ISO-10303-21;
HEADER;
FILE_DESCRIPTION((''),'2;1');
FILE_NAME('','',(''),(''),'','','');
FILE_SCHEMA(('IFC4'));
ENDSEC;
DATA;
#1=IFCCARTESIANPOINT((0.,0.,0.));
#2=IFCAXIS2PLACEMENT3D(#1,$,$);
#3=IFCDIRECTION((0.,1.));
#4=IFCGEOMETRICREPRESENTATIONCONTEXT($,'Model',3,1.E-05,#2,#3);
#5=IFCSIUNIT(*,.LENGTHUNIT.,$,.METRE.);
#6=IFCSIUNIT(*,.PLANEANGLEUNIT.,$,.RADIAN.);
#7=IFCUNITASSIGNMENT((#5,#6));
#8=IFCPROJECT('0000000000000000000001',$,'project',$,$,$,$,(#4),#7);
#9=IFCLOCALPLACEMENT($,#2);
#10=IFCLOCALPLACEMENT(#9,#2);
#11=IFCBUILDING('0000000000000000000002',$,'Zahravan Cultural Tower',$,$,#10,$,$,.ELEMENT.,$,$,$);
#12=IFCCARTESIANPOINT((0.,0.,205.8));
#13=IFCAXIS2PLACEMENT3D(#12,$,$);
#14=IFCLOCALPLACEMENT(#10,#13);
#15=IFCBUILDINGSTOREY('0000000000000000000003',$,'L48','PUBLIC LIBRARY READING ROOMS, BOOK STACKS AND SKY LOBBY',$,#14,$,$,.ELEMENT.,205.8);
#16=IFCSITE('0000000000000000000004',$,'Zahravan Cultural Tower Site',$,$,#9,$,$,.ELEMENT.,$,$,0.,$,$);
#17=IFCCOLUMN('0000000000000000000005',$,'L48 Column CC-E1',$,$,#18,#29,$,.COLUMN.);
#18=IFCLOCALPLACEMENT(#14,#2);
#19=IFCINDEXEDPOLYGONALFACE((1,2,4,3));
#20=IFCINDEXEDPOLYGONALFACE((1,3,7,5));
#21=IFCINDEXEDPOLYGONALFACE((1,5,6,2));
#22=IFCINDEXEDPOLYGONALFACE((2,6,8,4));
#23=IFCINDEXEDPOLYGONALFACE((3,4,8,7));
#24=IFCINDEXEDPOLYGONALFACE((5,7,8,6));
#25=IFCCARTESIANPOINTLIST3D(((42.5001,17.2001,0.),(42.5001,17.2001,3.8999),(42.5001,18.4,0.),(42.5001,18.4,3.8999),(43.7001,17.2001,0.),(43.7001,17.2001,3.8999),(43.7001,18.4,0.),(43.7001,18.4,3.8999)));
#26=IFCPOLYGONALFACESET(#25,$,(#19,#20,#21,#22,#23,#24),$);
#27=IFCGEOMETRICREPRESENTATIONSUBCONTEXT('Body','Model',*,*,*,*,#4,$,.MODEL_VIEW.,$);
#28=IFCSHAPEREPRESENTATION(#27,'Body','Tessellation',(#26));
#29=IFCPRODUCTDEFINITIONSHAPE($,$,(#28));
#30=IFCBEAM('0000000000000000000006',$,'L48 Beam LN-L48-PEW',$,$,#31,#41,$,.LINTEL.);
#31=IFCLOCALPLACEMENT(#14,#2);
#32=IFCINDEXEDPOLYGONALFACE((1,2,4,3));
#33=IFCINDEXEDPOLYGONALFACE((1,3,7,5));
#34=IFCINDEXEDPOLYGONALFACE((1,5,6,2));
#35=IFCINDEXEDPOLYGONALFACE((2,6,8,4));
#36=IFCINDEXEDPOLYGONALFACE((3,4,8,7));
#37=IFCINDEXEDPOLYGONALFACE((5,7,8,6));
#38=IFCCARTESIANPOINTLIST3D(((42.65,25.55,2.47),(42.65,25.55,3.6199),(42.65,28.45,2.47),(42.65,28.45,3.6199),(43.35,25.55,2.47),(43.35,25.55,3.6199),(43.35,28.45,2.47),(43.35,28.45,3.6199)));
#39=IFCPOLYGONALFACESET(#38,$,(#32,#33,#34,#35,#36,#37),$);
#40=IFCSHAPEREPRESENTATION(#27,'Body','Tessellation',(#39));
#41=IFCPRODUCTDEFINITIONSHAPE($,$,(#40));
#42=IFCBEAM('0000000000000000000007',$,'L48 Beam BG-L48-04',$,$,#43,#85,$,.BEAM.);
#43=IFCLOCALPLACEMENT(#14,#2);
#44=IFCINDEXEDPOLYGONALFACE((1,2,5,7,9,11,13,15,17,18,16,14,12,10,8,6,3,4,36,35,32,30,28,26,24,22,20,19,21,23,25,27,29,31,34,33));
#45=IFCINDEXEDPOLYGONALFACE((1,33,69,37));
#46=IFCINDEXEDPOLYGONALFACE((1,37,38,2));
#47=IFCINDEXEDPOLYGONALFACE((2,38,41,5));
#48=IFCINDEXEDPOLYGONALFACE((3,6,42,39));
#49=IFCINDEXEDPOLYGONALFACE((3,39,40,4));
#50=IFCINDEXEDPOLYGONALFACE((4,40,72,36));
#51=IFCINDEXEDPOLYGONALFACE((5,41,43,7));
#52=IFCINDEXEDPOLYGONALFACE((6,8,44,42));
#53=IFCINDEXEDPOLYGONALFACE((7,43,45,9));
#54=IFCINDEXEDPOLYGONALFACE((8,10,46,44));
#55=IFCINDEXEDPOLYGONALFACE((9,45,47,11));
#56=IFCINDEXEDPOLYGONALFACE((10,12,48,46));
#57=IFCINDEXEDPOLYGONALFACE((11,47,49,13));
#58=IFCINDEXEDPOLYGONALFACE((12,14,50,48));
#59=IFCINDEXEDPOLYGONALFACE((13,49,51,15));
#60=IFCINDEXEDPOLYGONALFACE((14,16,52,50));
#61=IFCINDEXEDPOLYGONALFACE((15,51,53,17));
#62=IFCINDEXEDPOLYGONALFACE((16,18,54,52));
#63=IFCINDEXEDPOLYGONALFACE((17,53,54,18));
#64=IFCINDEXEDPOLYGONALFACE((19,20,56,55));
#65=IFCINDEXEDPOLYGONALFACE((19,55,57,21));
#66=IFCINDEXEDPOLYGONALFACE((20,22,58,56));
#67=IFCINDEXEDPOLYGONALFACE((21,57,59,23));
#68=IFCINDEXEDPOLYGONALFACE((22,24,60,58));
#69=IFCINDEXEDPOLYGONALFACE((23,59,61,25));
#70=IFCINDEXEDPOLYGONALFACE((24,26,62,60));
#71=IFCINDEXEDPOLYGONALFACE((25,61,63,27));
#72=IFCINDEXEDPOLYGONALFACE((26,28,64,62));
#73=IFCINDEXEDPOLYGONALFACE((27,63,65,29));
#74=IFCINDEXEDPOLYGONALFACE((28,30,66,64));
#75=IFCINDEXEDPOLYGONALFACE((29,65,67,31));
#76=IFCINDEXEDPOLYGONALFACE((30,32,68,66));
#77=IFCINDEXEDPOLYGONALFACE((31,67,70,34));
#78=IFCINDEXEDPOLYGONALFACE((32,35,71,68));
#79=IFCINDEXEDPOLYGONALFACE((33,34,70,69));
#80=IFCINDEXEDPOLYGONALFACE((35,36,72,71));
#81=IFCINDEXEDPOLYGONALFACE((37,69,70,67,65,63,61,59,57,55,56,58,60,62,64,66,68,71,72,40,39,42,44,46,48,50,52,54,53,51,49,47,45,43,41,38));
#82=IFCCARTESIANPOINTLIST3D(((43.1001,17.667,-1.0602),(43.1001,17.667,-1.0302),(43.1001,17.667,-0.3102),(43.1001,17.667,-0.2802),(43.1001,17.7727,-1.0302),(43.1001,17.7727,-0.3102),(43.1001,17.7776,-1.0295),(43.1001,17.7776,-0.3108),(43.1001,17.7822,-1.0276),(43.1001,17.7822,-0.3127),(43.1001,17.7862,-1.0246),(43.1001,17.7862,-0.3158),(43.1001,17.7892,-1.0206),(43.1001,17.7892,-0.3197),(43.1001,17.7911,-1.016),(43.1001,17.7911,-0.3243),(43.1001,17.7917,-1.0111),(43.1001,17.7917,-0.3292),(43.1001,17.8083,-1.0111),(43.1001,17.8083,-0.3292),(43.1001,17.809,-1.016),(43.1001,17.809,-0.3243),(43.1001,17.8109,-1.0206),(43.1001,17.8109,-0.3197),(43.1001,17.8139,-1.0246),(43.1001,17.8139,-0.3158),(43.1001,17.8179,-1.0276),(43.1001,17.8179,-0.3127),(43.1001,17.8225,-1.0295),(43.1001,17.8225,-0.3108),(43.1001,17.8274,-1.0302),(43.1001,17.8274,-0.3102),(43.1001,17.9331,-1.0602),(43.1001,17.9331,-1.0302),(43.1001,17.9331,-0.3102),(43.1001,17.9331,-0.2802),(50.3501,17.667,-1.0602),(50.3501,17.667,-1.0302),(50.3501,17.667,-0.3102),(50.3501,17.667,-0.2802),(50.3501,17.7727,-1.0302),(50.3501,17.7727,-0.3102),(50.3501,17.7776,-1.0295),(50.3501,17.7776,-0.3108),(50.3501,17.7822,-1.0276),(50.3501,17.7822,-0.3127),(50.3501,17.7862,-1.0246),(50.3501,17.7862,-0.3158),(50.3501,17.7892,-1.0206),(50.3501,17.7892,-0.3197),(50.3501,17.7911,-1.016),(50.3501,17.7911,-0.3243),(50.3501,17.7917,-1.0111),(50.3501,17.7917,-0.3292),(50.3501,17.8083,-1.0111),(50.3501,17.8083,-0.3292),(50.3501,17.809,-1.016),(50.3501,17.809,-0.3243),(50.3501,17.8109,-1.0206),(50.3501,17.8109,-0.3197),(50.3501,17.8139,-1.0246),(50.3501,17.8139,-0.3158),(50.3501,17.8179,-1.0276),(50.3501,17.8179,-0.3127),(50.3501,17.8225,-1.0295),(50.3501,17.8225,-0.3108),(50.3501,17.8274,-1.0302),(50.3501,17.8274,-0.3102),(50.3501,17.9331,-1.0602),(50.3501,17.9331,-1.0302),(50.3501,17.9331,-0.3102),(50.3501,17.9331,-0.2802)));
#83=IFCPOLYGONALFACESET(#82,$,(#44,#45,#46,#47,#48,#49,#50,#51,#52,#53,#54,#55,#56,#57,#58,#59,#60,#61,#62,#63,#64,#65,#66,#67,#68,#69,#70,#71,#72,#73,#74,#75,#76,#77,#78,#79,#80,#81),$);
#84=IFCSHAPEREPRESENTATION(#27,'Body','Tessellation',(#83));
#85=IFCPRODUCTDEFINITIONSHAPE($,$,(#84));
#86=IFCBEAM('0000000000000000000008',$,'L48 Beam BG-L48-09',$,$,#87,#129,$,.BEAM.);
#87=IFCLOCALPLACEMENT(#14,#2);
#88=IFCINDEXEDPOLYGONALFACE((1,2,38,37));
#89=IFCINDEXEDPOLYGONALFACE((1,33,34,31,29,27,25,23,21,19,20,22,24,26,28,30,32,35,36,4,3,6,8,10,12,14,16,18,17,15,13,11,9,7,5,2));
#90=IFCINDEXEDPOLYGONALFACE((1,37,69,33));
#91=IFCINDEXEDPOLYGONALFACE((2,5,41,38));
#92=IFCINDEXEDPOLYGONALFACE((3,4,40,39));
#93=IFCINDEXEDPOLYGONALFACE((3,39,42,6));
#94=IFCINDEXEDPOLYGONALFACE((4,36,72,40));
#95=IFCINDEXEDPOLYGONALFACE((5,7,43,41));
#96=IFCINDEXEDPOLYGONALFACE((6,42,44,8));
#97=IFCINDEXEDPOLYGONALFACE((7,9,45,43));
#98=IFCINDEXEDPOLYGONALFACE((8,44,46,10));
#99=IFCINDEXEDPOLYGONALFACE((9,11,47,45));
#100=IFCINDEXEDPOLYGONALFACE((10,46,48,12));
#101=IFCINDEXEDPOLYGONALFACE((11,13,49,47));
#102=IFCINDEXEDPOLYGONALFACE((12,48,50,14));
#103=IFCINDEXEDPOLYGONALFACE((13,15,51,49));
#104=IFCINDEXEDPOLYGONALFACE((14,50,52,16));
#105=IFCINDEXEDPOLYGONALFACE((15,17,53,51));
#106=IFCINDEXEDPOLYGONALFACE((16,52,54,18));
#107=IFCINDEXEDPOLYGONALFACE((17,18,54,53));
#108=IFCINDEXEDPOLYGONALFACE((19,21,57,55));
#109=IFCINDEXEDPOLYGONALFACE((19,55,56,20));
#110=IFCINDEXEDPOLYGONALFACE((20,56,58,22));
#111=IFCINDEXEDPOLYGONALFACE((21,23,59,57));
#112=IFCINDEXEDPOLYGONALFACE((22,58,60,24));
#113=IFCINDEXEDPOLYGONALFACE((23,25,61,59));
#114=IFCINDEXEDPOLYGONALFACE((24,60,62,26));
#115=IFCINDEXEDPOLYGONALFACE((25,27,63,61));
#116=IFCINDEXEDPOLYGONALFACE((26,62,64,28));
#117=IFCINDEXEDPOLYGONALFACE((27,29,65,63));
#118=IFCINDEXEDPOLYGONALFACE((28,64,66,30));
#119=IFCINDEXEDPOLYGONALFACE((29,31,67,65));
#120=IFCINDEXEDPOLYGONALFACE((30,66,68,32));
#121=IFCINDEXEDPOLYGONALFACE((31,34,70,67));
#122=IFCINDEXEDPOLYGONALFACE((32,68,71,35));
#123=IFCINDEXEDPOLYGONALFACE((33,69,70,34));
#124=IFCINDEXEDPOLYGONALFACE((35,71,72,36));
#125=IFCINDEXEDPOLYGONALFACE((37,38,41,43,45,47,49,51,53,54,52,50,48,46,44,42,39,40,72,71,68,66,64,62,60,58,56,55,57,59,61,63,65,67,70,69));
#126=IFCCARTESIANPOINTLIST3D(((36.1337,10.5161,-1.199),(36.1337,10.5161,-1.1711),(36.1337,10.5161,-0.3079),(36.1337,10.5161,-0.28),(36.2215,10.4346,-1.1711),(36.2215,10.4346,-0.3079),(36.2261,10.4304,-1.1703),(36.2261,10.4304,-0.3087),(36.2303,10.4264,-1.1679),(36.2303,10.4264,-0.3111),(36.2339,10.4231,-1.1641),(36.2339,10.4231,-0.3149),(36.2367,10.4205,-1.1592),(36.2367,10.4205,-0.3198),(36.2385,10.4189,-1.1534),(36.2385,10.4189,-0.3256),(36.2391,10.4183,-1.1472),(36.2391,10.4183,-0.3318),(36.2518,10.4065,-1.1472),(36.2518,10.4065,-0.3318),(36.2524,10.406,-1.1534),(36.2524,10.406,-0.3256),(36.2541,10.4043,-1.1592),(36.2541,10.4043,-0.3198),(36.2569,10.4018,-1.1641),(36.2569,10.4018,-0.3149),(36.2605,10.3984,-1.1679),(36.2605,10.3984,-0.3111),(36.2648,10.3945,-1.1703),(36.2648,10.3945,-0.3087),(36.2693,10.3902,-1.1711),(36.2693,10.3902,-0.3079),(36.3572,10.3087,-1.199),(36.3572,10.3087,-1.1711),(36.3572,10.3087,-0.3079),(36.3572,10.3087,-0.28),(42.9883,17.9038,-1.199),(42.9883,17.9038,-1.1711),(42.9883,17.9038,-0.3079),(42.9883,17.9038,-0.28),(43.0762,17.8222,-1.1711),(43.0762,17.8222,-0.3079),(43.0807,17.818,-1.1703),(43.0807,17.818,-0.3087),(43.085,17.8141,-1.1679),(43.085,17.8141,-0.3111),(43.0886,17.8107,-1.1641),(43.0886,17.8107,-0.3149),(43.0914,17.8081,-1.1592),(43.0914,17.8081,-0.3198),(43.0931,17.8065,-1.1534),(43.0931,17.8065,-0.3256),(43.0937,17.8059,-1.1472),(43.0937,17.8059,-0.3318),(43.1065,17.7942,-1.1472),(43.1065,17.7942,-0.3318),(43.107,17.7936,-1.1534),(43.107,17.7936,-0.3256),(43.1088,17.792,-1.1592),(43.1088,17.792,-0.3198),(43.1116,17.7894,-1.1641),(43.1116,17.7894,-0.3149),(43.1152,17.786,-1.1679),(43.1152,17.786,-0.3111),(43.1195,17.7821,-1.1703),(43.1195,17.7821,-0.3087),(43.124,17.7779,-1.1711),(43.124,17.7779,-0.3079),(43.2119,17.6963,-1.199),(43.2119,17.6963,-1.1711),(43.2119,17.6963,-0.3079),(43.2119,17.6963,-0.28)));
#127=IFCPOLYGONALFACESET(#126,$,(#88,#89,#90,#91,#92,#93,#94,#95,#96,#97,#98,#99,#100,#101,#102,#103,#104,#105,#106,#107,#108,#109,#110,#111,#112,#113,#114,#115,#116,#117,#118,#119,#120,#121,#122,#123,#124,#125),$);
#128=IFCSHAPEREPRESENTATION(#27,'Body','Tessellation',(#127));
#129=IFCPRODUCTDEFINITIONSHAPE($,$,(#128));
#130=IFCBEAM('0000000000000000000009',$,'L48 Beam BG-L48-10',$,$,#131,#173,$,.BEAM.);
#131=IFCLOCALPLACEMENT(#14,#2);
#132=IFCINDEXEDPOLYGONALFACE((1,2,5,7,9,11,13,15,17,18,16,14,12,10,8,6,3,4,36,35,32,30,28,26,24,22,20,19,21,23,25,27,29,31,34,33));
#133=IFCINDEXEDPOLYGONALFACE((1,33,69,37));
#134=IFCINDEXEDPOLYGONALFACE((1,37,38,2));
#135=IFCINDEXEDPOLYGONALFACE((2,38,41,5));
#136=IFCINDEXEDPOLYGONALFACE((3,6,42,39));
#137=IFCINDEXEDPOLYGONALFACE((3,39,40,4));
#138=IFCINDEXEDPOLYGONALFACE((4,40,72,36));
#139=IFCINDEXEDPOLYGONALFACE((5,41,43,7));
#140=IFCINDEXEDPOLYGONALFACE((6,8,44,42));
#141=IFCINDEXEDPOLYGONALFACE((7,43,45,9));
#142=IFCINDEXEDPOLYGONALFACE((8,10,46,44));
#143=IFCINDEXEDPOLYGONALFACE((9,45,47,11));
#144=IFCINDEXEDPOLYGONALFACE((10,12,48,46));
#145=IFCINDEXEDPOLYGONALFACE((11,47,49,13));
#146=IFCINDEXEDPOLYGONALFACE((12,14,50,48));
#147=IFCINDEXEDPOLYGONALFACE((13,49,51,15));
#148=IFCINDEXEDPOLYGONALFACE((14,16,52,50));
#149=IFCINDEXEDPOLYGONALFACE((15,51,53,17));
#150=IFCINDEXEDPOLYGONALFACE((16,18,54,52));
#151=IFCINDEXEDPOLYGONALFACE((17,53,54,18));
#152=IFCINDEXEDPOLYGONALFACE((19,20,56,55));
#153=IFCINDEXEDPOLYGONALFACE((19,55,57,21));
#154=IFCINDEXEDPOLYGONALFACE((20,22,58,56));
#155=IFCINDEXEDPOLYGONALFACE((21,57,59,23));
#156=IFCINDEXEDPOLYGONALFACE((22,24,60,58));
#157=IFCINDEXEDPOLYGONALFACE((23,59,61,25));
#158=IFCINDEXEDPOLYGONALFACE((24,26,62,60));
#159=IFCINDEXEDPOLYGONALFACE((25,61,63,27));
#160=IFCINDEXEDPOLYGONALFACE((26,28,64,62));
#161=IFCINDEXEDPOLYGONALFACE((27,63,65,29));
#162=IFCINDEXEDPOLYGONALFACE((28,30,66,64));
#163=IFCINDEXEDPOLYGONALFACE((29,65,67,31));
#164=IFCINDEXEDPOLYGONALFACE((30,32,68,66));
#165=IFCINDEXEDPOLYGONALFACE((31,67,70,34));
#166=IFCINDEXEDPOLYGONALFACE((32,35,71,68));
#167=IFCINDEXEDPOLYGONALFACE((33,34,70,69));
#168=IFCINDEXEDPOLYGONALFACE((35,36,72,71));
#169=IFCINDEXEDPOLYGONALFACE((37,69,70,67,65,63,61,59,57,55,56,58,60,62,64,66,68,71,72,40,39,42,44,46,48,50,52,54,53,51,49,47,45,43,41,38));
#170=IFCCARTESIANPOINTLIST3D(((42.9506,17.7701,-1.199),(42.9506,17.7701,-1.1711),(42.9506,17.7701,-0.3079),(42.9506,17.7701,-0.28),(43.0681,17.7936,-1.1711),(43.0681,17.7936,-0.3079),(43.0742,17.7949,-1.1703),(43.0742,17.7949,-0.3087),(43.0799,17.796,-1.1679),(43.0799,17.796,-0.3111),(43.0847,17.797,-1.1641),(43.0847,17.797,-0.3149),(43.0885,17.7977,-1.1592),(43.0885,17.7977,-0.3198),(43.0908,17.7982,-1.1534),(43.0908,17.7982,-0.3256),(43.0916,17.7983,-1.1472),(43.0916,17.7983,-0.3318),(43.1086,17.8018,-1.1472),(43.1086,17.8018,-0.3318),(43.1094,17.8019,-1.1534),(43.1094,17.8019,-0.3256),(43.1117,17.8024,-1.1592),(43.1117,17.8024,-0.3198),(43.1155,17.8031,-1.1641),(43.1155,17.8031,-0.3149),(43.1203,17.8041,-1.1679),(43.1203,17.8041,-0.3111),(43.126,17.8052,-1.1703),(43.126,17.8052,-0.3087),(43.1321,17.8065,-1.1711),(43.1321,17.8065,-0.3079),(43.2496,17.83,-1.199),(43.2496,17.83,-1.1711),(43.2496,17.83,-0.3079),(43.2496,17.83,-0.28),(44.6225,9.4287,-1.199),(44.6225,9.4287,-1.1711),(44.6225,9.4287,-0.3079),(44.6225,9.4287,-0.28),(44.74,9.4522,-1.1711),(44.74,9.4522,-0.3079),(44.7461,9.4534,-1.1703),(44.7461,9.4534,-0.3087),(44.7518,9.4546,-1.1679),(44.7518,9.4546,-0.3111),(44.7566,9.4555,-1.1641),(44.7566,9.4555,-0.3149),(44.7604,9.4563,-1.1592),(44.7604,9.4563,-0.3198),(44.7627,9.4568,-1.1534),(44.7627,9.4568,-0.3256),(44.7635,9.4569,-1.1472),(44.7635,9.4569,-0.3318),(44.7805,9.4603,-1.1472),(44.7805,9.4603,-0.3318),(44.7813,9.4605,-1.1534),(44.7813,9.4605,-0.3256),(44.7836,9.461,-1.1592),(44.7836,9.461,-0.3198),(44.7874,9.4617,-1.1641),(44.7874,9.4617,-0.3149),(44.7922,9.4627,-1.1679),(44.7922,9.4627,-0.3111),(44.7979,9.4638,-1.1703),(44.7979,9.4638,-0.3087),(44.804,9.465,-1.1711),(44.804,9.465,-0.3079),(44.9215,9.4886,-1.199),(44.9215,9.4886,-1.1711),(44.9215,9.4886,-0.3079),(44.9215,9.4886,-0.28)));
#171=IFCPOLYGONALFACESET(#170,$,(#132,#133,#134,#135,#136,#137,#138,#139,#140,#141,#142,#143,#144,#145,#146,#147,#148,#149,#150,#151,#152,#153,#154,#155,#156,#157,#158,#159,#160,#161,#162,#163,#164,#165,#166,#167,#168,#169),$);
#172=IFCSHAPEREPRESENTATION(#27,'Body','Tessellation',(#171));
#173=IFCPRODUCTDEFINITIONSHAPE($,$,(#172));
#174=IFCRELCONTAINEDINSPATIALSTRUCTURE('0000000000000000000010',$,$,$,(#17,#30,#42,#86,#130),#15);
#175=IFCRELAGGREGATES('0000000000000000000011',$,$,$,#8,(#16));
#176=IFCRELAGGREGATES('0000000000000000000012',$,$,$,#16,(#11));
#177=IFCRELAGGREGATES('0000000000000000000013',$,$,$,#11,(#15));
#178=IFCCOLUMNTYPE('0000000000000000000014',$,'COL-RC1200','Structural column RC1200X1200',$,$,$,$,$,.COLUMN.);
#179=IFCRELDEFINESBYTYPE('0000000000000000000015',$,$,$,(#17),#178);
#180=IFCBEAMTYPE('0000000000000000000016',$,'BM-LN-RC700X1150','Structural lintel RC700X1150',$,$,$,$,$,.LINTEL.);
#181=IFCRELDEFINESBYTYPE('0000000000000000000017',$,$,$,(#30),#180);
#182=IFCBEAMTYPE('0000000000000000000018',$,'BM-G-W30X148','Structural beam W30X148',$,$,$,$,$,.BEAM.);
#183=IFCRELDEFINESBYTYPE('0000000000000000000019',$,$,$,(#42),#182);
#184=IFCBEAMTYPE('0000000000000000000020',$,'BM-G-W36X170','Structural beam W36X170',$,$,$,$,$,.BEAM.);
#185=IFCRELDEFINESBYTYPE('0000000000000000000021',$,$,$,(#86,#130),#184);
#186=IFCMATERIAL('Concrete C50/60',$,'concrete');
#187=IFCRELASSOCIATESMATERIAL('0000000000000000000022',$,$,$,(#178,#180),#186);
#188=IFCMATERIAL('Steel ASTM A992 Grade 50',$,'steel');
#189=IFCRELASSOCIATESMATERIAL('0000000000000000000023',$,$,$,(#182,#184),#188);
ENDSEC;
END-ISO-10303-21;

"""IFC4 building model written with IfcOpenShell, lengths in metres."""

from ifc_helpers import new_model, si_unit, direction, frame, origin, origin_2d, place, context, subcontext, project, spatial, rectangle, i_section, extrude, source, transform, mapped, material, material_profile, profile_set, type_object, element, save


model = new_model("IFC4")

# Units and contexts
model_context = context("Model", 3, precision=1e-05, world=origin(), true_north=direction((0.0, 1.0)))
body_context = subcontext(model_context, "Body", "Model", "MODEL_VIEW")
ifc_project = project(units=[si_unit("LENGTHUNIT", "METRE"), si_unit("PLANEANGLEUNIT", "RADIAN")], contexts=[model_context])

# Site, building, storey
site_placement = place(None, origin())
site = spatial("IfcSite", under=ifc_project, at=site_placement, Name="Zahravan Cultural Tower Site", CompositionType="ELEMENT", RefElevation=0.0)
building_placement = place(site_placement, origin())
building = spatial("IfcBuilding", under=site, at=building_placement, Name="Zahravan Cultural Tower", CompositionType="ELEMENT")
storey_placement = place(building_placement, frame((0.0, 0.0, 205.8)))
storey = spatial("IfcBuildingStorey", under=building, at=storey_placement, Name="L48", Description="PUBLIC LIBRARY READING ROOMS, BOOK STACKS AND SKY LOBBY", CompositionType="ELEMENT", Elevation=205.8)

# Column
ifc_material_1 = material(Name="Concrete C50/60", Category="concrete")
ifc_material_profile_1 = material_profile(ifc_material_1, rectangle(XDim=1.2, YDim=1.2, at=origin_2d()), Name="RC1200X1200")
ifc_profile_set_1 = profile_set([ifc_material_profile_1], Name="Concrete C50/60")
column_type = type_object("IfcColumnType", Name="COL-RC1200", Description="Structural column RC1200X1200", PredefinedType="COLUMN", material=ifc_profile_set_1)
shared_shape_1 = source(origin(), body_context, "Body", "SweptSolid", [
    extrude(rectangle(XDim=1.2, YDim=1.2, at=origin_2d()), origin(), (0.0, 0.0, 1.0), 3.8999),
])
column_placement = place(storey_placement, frame((43.1001, 17.8, 0.0), z_axis=(0.0, 0.0, 1.0), x_axis=(1.0, 0.0, 0.0)))
element("IfcColumn", 1, at=column_placement, inside=storey, type_object=column_type, Name="L48 Column CC-E1", PredefinedType="COLUMN", context=body_context, shape_type="MappedRepresentation", body=[
    mapped(shared_shape_1, transform((0.0, 0.0, 0.0), x_axis=(1.0, 0.0, 0.0), y_axis=(0.0, 1.0, 0.0), z_axis=(0.0, 0.0, 1.0), scale=1.0)),
])

# Beams
ifc_material_profile_2 = material_profile(ifc_material_1, rectangle(XDim=0.7, YDim=1.1499, at=origin_2d()), Name="RC700X1150")
ifc_profile_set_2 = profile_set([ifc_material_profile_2], Name="Concrete C50/60")
beam_type_1 = type_object("IfcBeamType", Name="BM-LN-RC700X1150", Description="Structural lintel RC700X1150", PredefinedType="LINTEL", material=ifc_profile_set_2)
shared_shape_2 = source(origin(), body_context, "Body", "SweptSolid", [
    extrude(rectangle(XDim=0.7, YDim=1.1499, at=origin_2d()), origin(), (0.0, 0.0, 1.0), 2.8999),
])
beam_1_placement = place(storey_placement, frame((43.0, 25.55, 3.0449), z_axis=(0.0, 1.0, 0.0), x_axis=(-1.0, 0.0, 0.0)))
element("IfcBeam", 2, at=beam_1_placement, inside=storey, type_object=beam_type_1, Name="L48 Beam LN-L48-PEW", PredefinedType="LINTEL", context=body_context, shape_type="MappedRepresentation", body=[
    mapped(shared_shape_2, transform((0.0, 0.0, 0.0), x_axis=(1.0, 0.0, 0.0), y_axis=(0.0, 1.0, 0.0), z_axis=(0.0, 0.0, 1.0), scale=1.0)),
])
ifc_material_2 = material(Name="Steel ASTM A992 Grade 50", Category="steel")
ifc_material_profile_3 = material_profile(ifc_material_2, i_section(OverallWidth=0.2661, OverallDepth=0.78, WebThickness=0.0166, FlangeThickness=0.03, FilletRadius=0.019, at=origin_2d()), Name="W30X148")
ifc_profile_set_3 = profile_set([ifc_material_profile_3], Name="Steel ASTM A992 Grade 50")
beam_type_2 = type_object("IfcBeamType", Name="BM-G-W30X148", Description="Structural beam W30X148", PredefinedType="BEAM", material=ifc_profile_set_3)
shared_shape_3 = source(origin(), body_context, "Body", "SweptSolid", [
    extrude(i_section(OverallWidth=0.2661, OverallDepth=0.78, WebThickness=0.0166, FlangeThickness=0.03, FilletRadius=0.019, at=origin_2d()), origin(), (0.0, 0.0, 1.0), 7.25),
])
beam_2_placement = place(storey_placement, frame((43.1001, 17.8, -0.6702), z_axis=(1.0, 0.0, 0.0), x_axis=(0.0, 1.0, 0.0)))
element("IfcBeam", 3, at=beam_2_placement, inside=storey, type_object=beam_type_2, Name="L48 Beam BG-L48-04", PredefinedType="BEAM", context=body_context, shape_type="MappedRepresentation", body=[
    mapped(shared_shape_3, transform((0.0, 0.0, 0.0), x_axis=(1.0, 0.0, 0.0), y_axis=(0.0, 1.0, 0.0), z_axis=(0.0, 0.0, 1.0), scale=1.0)),
])
ifc_material_profile_4 = material_profile(ifc_material_2, i_section(OverallWidth=0.3049, OverallDepth=0.9189, WebThickness=0.0173, FlangeThickness=0.0278, FilletRadius=0.0239, at=origin_2d()), Name="W36X170")
ifc_profile_set_4 = profile_set([ifc_material_profile_4], Name="Steel ASTM A992 Grade 50")
beam_type_3 = type_object("IfcBeamType", Name="BM-G-W36X170", Description="Structural beam W36X170", PredefinedType="BEAM", material=ifc_profile_set_4)
shared_shape_4 = source(origin(), body_context, "Body", "SweptSolid", [
    extrude(i_section(OverallWidth=0.3049, OverallDepth=0.9189, WebThickness=0.0173, FlangeThickness=0.0278, FilletRadius=0.0239, at=origin_2d()), origin(), (0.0, 0.0, 1.0), 10.0779),
])
beam_3_placement = place(storey_placement, frame((43.1001, 17.8, -0.7395), z_axis=(-0.68017, -0.733054, 0.0), x_axis=(0.733054, -0.68017, 0.0)))
element("IfcBeam", 4, at=beam_3_placement, inside=storey, type_object=beam_type_3, Name="L48 Beam BG-L48-09", PredefinedType="BEAM", context=body_context, shape_type="MappedRepresentation", body=[
    mapped(shared_shape_4, transform((0.0, 0.0, 0.0), x_axis=(1.0, 0.0, 0.0), y_axis=(0.0, 1.0, 0.0), z_axis=(0.0, 0.0, 1.0), scale=1.0)),
])
shared_shape_5 = source(origin(), body_context, "Body", "SweptSolid", [
    extrude(i_section(OverallWidth=0.3049, OverallDepth=0.9189, WebThickness=0.0173, FlangeThickness=0.0278, FilletRadius=0.0239, at=origin_2d()), origin(), (0.0, 0.0, 1.0), 8.5073),
])
beam_4_placement = place(storey_placement, frame((43.1001, 17.8, -0.7395), z_axis=(0.196525, -0.980499, 0.0), x_axis=(0.980499, 0.196525, 0.0)))
element("IfcBeam", 5, at=beam_4_placement, inside=storey, type_object=beam_type_3, Name="L48 Beam BG-L48-10", PredefinedType="BEAM", context=body_context, shape_type="MappedRepresentation", body=[
    mapped(shared_shape_5, transform((0.0, 0.0, 0.0), x_axis=(1.0, 0.0, 0.0), y_axis=(0.0, 1.0, 0.0), z_axis=(0.0, 0.0, 1.0), scale=1.0)),
])

save(model, "model.ifc")
